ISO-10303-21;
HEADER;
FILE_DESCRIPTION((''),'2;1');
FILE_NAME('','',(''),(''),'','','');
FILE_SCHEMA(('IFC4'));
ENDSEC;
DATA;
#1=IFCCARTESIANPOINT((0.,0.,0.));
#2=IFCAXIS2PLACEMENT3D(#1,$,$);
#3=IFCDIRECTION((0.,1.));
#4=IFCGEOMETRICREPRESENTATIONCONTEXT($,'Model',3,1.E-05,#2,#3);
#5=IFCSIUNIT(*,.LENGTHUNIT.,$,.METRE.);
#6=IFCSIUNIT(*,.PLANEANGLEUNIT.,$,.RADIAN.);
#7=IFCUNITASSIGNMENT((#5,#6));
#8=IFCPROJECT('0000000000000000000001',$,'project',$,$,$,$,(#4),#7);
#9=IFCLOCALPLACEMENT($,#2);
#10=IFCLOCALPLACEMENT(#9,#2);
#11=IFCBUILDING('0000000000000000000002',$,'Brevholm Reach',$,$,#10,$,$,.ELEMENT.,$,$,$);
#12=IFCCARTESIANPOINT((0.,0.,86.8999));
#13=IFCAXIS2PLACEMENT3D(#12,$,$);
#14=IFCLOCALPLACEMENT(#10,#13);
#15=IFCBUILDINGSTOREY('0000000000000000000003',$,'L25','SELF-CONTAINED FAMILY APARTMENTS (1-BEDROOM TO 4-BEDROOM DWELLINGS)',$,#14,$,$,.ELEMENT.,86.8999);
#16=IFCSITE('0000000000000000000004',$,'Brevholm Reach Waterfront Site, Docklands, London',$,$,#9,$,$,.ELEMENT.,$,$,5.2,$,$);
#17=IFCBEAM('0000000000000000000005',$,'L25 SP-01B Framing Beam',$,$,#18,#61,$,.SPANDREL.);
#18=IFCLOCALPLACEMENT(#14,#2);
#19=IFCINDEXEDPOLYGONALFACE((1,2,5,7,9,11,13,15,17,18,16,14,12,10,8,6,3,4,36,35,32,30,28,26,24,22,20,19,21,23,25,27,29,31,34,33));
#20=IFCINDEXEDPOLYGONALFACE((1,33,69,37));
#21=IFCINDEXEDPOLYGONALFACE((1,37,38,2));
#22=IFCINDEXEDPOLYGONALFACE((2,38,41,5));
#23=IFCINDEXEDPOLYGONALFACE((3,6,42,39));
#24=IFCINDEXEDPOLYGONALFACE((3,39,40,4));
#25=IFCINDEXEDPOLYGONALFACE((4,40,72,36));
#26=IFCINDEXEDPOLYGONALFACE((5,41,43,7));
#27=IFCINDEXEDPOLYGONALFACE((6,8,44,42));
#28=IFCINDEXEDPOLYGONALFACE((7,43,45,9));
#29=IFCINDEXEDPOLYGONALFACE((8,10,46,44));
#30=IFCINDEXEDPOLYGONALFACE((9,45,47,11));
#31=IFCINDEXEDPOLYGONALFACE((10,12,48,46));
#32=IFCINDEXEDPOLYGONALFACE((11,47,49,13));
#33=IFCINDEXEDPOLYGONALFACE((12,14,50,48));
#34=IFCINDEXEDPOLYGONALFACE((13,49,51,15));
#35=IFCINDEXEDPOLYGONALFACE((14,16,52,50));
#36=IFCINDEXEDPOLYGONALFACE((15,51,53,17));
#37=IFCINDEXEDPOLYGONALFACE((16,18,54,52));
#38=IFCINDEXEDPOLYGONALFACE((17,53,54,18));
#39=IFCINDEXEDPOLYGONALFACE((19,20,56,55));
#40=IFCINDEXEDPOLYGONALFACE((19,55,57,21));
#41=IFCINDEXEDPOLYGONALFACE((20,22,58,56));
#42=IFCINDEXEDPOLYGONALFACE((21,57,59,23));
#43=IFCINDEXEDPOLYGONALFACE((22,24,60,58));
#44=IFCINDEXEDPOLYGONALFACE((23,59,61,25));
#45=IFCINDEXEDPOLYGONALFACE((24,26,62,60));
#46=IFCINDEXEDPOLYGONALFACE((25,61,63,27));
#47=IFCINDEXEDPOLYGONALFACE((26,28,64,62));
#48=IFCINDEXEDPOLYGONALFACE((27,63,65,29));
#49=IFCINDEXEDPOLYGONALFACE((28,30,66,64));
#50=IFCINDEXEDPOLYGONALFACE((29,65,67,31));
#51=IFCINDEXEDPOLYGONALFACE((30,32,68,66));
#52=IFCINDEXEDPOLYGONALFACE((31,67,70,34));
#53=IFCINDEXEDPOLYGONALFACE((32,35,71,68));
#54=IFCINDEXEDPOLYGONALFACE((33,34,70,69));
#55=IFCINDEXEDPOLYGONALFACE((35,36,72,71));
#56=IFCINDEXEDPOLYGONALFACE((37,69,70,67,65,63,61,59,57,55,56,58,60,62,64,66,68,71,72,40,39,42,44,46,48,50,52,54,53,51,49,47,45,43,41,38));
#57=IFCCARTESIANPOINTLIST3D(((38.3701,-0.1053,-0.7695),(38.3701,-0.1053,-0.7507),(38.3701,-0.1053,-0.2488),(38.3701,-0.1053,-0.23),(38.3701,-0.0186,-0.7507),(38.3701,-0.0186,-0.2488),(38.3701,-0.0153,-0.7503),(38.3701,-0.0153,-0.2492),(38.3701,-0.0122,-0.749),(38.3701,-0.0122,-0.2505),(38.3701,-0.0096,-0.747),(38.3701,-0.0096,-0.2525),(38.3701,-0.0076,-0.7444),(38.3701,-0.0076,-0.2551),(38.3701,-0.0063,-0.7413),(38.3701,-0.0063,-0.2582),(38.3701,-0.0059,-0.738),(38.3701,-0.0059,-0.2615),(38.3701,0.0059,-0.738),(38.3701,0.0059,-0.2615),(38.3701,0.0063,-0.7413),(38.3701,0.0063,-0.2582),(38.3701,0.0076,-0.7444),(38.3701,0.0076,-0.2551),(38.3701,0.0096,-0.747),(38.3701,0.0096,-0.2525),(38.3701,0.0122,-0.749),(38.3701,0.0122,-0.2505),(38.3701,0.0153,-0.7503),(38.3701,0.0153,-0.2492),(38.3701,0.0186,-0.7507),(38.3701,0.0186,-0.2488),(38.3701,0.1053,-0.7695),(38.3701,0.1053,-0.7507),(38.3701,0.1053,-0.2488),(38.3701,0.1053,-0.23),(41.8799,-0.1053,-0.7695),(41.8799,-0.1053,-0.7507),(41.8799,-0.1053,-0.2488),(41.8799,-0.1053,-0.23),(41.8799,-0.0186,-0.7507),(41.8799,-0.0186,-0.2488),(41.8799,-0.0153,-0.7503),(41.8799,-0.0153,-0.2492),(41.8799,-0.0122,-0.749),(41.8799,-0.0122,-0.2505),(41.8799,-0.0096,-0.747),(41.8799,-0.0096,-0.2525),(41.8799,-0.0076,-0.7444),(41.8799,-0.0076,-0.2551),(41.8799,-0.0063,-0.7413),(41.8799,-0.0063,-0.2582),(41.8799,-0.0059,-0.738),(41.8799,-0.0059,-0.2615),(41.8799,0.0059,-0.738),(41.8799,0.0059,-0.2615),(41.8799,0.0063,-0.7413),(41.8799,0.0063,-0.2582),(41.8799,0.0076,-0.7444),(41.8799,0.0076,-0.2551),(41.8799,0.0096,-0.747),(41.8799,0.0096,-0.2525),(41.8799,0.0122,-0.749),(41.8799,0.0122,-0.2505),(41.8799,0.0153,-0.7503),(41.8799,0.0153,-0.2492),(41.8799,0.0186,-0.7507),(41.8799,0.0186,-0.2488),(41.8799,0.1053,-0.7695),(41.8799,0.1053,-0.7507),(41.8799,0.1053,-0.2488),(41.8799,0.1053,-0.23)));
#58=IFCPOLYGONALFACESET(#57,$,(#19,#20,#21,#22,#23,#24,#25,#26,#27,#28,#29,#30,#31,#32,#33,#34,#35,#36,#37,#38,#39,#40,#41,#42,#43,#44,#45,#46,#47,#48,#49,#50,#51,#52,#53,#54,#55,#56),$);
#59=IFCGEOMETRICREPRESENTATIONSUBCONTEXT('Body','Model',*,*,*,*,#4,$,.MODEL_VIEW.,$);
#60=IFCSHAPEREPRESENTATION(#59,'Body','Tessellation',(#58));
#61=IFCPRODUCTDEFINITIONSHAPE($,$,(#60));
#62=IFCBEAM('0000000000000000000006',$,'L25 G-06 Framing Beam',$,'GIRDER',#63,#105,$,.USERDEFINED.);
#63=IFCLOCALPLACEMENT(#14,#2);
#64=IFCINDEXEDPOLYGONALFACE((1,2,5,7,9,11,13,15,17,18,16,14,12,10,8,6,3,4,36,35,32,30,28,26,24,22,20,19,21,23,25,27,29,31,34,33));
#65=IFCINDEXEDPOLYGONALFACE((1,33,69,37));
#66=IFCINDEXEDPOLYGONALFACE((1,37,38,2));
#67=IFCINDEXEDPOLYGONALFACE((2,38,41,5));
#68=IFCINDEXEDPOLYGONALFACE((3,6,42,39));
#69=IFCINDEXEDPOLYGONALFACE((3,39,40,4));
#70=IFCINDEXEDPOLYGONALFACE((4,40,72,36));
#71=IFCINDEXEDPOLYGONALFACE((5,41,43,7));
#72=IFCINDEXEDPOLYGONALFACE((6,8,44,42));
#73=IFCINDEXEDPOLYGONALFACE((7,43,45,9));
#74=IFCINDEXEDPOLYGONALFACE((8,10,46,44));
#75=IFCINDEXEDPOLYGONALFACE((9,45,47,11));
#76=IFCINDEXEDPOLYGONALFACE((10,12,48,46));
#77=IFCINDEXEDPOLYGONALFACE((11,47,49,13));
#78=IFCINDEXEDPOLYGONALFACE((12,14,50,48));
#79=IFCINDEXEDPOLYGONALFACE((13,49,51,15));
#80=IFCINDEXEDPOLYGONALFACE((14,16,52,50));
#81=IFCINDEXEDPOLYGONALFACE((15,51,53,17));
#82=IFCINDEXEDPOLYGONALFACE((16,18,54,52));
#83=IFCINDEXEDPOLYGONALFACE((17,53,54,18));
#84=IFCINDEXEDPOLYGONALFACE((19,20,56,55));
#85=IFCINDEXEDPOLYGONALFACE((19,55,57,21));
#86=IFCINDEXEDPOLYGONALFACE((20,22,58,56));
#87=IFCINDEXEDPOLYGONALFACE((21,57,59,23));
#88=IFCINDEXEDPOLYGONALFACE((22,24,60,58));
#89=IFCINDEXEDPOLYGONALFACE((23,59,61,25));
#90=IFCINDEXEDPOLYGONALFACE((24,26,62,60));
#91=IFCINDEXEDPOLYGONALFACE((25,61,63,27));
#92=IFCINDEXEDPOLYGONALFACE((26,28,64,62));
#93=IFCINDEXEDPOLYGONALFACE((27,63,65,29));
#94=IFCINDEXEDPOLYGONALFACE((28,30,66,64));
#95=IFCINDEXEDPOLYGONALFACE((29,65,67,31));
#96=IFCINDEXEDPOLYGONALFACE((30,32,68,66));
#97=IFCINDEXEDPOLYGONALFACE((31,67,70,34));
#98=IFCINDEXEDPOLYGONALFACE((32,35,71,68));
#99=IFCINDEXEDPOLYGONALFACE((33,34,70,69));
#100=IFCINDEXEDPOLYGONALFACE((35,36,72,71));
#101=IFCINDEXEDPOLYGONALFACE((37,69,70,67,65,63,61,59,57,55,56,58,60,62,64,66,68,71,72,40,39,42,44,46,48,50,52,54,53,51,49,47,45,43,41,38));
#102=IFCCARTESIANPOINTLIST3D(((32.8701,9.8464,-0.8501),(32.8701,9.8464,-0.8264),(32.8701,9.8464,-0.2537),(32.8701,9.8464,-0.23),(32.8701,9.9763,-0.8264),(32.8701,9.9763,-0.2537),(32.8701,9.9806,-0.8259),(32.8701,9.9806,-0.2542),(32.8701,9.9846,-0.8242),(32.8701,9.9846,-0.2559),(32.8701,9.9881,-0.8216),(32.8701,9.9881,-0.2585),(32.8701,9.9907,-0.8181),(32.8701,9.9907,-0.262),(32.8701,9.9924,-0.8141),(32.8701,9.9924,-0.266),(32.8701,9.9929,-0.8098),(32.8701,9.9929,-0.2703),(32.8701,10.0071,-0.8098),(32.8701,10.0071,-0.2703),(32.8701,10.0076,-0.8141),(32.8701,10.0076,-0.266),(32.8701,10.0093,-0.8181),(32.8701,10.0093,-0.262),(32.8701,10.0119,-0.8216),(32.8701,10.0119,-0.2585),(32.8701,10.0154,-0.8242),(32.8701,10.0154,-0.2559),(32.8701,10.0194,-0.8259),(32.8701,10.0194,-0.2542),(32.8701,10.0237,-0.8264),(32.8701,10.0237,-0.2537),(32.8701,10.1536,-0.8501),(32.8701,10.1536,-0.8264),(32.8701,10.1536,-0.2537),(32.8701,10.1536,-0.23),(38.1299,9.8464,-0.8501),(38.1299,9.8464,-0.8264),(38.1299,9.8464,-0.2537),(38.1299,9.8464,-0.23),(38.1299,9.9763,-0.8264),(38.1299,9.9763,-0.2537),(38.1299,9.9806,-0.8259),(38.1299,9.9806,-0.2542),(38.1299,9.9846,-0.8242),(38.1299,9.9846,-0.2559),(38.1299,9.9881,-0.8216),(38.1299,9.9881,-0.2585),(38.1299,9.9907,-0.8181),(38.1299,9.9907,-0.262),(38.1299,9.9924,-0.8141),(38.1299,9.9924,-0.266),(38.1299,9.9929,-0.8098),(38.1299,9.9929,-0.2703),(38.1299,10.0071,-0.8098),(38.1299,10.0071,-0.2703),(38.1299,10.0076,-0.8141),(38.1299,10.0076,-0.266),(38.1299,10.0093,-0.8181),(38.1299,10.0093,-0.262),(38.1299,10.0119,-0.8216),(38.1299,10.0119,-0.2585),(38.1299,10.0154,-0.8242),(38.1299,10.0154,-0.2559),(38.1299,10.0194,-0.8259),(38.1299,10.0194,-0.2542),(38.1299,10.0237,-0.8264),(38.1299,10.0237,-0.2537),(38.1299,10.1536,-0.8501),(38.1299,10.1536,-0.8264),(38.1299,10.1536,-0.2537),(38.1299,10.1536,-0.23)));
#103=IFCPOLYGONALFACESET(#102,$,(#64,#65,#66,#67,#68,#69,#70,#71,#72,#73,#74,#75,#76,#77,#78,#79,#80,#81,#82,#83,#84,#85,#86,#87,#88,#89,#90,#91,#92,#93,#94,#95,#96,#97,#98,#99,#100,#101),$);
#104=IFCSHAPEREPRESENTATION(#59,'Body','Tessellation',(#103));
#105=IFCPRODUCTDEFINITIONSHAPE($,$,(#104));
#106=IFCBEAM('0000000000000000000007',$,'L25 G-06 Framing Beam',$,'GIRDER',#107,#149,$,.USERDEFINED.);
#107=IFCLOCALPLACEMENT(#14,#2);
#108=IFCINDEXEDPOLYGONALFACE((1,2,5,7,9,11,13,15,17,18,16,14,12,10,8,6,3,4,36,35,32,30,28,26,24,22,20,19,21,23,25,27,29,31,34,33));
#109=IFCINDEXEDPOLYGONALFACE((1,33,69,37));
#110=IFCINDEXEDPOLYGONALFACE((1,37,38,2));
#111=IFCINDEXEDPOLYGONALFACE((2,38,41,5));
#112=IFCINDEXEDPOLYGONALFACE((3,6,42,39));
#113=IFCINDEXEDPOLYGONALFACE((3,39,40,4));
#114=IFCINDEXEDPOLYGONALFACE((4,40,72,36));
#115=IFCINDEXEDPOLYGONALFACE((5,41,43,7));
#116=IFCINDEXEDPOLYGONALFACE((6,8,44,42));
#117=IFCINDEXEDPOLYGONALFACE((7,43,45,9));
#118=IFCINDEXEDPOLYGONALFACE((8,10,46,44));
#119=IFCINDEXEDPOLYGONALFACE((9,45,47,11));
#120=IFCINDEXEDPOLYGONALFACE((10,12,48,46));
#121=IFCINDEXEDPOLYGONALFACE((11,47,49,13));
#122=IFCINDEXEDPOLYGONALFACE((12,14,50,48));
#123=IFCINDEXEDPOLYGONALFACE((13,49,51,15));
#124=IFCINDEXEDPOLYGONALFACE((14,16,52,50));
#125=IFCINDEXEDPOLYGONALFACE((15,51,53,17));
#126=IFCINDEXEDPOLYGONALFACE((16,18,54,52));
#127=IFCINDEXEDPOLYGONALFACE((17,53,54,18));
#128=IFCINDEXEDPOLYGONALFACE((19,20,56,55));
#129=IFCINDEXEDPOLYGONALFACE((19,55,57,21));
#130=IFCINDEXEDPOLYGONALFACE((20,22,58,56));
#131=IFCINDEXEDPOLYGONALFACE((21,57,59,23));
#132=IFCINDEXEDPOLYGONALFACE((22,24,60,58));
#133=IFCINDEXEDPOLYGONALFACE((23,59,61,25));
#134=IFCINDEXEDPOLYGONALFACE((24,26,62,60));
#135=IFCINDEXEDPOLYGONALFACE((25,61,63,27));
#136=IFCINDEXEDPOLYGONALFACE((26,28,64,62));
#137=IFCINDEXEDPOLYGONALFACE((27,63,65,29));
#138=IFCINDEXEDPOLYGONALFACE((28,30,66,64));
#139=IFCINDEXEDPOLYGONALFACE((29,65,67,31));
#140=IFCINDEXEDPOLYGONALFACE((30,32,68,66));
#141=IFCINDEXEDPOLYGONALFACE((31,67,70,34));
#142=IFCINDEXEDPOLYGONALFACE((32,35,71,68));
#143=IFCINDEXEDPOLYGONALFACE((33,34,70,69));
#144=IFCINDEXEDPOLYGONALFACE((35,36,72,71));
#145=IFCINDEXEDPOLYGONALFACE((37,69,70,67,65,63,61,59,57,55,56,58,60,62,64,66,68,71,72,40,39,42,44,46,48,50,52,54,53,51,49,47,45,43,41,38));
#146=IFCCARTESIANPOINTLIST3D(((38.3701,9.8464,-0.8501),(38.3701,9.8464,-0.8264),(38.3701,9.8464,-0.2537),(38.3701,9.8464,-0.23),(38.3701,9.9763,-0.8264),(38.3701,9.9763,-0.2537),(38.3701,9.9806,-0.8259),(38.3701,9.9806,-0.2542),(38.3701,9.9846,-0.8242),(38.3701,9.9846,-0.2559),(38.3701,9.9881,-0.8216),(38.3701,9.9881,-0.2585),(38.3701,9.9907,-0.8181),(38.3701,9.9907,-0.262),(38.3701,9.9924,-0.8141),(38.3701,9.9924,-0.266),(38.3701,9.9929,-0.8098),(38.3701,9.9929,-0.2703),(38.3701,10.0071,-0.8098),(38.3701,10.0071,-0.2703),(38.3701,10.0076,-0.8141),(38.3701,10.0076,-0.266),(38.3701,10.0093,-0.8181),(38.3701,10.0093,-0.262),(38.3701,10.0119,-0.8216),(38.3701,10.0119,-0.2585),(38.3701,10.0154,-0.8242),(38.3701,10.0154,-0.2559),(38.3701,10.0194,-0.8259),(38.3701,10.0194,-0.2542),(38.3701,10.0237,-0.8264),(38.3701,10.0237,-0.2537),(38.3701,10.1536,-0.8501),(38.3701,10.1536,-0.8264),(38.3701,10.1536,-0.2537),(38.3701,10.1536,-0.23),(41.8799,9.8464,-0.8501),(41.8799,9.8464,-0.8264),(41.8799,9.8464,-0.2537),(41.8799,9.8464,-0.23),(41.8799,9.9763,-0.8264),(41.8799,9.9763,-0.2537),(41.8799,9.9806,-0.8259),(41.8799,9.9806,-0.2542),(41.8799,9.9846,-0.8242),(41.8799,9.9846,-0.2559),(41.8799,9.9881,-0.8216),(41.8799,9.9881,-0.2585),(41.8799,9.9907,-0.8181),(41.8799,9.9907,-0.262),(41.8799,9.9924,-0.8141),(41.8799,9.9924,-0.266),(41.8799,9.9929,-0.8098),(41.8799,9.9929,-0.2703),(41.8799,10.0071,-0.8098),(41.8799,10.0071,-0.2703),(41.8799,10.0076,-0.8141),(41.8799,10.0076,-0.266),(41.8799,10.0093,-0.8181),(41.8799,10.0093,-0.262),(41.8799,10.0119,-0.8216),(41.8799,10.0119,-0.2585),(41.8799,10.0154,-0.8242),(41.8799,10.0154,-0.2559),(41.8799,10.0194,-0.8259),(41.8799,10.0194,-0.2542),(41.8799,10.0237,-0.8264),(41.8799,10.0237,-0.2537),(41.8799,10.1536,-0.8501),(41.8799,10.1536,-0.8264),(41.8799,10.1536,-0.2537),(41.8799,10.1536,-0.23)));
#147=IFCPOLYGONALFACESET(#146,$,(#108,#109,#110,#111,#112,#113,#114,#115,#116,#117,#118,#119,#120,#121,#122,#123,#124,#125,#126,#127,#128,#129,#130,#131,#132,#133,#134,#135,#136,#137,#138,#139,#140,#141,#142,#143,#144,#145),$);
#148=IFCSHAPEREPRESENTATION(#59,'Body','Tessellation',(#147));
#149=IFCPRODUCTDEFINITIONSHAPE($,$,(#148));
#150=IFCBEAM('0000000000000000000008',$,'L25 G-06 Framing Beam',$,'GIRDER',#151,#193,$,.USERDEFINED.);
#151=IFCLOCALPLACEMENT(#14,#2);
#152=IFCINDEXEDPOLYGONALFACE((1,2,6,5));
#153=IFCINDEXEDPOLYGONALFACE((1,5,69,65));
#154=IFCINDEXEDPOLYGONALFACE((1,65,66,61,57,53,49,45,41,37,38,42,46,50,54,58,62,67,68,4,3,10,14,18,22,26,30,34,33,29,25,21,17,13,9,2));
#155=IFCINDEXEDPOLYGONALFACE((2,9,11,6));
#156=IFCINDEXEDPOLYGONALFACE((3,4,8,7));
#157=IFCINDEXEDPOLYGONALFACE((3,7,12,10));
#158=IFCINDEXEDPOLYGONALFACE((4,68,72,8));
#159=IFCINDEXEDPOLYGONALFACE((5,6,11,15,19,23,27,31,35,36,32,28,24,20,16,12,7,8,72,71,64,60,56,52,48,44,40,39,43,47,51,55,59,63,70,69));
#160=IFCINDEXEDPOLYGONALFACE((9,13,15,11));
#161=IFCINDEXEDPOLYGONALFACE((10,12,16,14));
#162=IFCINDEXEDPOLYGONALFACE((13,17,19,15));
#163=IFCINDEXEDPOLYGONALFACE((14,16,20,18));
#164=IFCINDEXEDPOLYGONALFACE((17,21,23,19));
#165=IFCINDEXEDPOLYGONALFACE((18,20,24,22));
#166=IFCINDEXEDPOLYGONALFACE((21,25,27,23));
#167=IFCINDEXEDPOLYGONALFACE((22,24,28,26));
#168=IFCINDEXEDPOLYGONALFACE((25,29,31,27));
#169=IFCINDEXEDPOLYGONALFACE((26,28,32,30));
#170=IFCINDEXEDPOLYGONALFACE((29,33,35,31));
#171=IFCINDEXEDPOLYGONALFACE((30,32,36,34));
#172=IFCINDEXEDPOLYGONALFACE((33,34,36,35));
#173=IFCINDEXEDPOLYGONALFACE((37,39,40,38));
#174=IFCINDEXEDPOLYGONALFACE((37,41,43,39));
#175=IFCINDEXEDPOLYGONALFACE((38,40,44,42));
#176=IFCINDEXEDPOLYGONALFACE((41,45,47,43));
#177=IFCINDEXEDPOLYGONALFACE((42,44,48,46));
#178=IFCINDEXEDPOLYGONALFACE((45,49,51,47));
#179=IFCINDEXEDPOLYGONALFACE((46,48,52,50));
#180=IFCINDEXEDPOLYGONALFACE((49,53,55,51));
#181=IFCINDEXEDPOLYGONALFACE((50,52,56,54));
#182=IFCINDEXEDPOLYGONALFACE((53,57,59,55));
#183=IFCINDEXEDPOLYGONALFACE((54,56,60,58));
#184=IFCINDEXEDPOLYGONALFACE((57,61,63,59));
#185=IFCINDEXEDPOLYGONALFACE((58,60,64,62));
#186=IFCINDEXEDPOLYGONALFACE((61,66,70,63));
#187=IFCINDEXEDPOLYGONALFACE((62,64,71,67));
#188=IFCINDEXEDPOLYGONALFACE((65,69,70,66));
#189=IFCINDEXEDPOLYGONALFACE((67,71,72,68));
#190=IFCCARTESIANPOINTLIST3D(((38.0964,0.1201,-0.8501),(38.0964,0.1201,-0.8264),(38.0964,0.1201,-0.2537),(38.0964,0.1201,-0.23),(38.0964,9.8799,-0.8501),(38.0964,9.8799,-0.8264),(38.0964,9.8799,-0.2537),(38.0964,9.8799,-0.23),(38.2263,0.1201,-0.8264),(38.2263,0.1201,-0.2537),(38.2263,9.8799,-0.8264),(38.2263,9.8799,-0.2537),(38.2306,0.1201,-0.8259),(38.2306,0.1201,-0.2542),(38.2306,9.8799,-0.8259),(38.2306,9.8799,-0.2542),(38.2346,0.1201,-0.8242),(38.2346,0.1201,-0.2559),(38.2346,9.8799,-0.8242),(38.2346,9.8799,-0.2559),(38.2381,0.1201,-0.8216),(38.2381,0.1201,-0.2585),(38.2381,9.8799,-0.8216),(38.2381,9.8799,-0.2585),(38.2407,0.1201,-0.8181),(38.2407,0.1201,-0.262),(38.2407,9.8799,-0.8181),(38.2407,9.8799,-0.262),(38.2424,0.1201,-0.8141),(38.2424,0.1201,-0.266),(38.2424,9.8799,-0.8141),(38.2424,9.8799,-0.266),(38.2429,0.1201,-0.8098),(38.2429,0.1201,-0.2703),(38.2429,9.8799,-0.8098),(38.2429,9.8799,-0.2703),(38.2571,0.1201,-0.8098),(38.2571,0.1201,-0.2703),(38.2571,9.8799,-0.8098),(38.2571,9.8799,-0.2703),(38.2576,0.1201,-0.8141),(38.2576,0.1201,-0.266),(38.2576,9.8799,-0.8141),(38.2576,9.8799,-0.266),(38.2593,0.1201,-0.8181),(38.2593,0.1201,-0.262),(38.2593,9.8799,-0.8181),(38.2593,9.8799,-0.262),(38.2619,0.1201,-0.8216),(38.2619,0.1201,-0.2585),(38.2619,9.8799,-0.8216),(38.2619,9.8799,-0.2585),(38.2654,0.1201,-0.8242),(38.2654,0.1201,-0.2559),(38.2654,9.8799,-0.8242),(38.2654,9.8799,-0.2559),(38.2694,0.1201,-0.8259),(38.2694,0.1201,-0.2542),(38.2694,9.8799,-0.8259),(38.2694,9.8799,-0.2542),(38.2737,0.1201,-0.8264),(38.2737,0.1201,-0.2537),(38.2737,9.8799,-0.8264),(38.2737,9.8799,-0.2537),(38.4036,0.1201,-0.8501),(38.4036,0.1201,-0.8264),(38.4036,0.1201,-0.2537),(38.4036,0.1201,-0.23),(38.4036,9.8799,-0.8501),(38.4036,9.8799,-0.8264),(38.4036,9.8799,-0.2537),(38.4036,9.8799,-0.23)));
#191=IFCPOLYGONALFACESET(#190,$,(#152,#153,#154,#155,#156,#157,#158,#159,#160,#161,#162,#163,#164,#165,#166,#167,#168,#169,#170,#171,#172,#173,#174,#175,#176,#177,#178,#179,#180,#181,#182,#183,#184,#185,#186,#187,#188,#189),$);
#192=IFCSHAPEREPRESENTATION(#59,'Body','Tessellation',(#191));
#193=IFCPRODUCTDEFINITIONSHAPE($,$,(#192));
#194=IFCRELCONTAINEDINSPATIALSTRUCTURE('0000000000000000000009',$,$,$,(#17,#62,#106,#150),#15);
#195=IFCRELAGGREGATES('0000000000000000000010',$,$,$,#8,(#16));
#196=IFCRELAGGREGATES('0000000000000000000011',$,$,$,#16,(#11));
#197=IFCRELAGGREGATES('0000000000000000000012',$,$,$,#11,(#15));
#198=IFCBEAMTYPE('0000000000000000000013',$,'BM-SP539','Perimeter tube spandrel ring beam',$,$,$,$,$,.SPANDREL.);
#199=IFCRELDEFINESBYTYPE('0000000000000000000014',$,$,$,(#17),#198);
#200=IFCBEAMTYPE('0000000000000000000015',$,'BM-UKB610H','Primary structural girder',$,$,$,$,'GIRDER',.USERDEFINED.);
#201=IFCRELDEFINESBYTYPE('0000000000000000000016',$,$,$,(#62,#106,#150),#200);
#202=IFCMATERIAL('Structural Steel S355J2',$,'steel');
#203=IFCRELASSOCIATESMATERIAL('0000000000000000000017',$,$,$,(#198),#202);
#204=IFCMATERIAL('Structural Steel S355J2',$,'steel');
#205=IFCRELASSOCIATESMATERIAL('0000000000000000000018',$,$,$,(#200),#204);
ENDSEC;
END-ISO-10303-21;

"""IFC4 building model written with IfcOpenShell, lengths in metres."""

from ifc_helpers import new_model, si_unit, direction, frame, origin, origin_2d, place, context, subcontext, project, spatial, i_section, extrude, material, material_profile, profile_set, type_object, element, save


model = new_model("IFC4")

# Units and contexts
model_context = context("Model", 3, precision=1e-05, world=origin(), true_north=direction((0.0, 1.0)))
body_context = subcontext(model_context, "Body", "Model", "MODEL_VIEW")
ifc_project = project(units=[si_unit("LENGTHUNIT", "METRE"), si_unit("PLANEANGLEUNIT", "RADIAN")], contexts=[model_context])

# Site, building, storey
site_placement = place(None, origin())
site = spatial("IfcSite", under=ifc_project, at=site_placement, Name="Brevholm Reach Waterfront Site, Docklands, London", CompositionType="ELEMENT", RefElevation=5.2)
building_placement = place(site_placement, origin())
building = spatial("IfcBuilding", under=site, at=building_placement, Name="Brevholm Reach", CompositionType="ELEMENT")
storey_placement = place(building_placement, frame((0.0, 0.0, 86.8999)))
storey = spatial("IfcBuildingStorey", under=building, at=storey_placement, Name="L25", Description="SELF-CONTAINED FAMILY APARTMENTS (1-BEDROOM TO 4-BEDROOM DWELLINGS)", CompositionType="ELEMENT", Elevation=86.8999)

# Beams
ifc_material_1 = material(Name="Structural Steel S355J2", Category="steel")
ifc_material_profile_1 = material_profile(ifc_material_1, i_section(OverallWidth=0.2107, OverallDepth=0.5396, WebThickness=0.0117, FlangeThickness=0.0188, FilletRadius=0.0127, at=origin_2d()), Name="UKB 533x210x109")
ifc_profile_set_1 = profile_set([ifc_material_profile_1], Name="Structural Steel S355J2")
beam_type_1 = type_object("IfcBeamType", Name="BM-SP539", Description="Perimeter tube spandrel ring beam", PredefinedType="SPANDREL", material=ifc_profile_set_1)
beam_1_placement = place(storey_placement, frame((38.3701, 0.0, -0.4998), z_axis=(1.0, 0.0, 0.0), x_axis=(0.0, 1.0, 0.0)))
element("IfcBeam", 1, at=beam_1_placement, inside=storey, type_object=beam_type_1, Name="L25 SP-01B Framing Beam", PredefinedType="SPANDREL", context=body_context, shape_type="SweptSolid", body=[
    extrude(i_section(OverallWidth=0.2107, OverallDepth=0.5396, WebThickness=0.0117, FlangeThickness=0.0188, FilletRadius=0.0127, at=origin_2d()), origin(), (0.0, 0.0, 1.0), 3.5098),
])
ifc_material_2 = material(Name="Structural Steel S355J2", Category="steel")
ifc_material_profile_2 = material_profile(ifc_material_2, i_section(OverallWidth=0.3071, OverallDepth=0.6201, WebThickness=0.0142, FlangeThickness=0.0237, FilletRadius=0.0166, at=origin_2d()), Name="UKB 610x305x179")
ifc_profile_set_2 = profile_set([ifc_material_profile_2], Name="Structural Steel S355J2")
beam_type_2 = type_object("IfcBeamType", Name="BM-UKB610H", Description="Primary structural girder", ElementType="GIRDER", PredefinedType="USERDEFINED", material=ifc_profile_set_2)
beam_2_placement = place(storey_placement, frame((32.8701, 10.0, -0.54), z_axis=(1.0, 0.0, 0.0), x_axis=(0.0, 1.0, 0.0)))
element("IfcBeam", 2, at=beam_2_placement, inside=storey, type_object=beam_type_2, Name="L25 G-06 Framing Beam", ObjectType="GIRDER", PredefinedType="USERDEFINED", context=body_context, shape_type="SweptSolid", body=[
    extrude(i_section(OverallWidth=0.3071, OverallDepth=0.6201, WebThickness=0.0142, FlangeThickness=0.0237, FilletRadius=0.0166, at=origin_2d()), origin(), (0.0, 0.0, 1.0), 5.2598),
])
beam_3_placement = place(storey_placement, frame((38.3701, 10.0, -0.54), z_axis=(1.0, 0.0, 0.0), x_axis=(0.0, 1.0, 0.0)))
element("IfcBeam", 3, at=beam_3_placement, inside=storey, type_object=beam_type_2, Name="L25 G-06 Framing Beam", ObjectType="GIRDER", PredefinedType="USERDEFINED", context=body_context, shape_type="SweptSolid", body=[
    extrude(i_section(OverallWidth=0.3071, OverallDepth=0.6201, WebThickness=0.0142, FlangeThickness=0.0237, FilletRadius=0.0166, at=origin_2d()), origin(), (0.0, 0.0, 1.0), 3.5098),
])
for number, where, z_axis, x_axis, name in (
    (4, (38.25, 0.1201, -0.54), (0.0, 1.0, 0.0), (-1.0, 0.0, 0.0), "L25 G-06 Framing Beam"),
):
    element("IfcBeam", number, at=place(storey_placement, frame(where, z_axis=z_axis, x_axis=x_axis)), inside=storey, type_object=beam_type_2, Name=name, ObjectType="GIRDER", PredefinedType="USERDEFINED", context=body_context, shape_type="SweptSolid", body=[
        extrude(i_section(OverallWidth=0.3071, OverallDepth=0.6201, WebThickness=0.0142, FlangeThickness=0.0237, FilletRadius=0.0166, at=origin_2d()), origin(), (0.0, 0.0, 1.0), 9.7598),
    ])

save(model, "model.ifc")
